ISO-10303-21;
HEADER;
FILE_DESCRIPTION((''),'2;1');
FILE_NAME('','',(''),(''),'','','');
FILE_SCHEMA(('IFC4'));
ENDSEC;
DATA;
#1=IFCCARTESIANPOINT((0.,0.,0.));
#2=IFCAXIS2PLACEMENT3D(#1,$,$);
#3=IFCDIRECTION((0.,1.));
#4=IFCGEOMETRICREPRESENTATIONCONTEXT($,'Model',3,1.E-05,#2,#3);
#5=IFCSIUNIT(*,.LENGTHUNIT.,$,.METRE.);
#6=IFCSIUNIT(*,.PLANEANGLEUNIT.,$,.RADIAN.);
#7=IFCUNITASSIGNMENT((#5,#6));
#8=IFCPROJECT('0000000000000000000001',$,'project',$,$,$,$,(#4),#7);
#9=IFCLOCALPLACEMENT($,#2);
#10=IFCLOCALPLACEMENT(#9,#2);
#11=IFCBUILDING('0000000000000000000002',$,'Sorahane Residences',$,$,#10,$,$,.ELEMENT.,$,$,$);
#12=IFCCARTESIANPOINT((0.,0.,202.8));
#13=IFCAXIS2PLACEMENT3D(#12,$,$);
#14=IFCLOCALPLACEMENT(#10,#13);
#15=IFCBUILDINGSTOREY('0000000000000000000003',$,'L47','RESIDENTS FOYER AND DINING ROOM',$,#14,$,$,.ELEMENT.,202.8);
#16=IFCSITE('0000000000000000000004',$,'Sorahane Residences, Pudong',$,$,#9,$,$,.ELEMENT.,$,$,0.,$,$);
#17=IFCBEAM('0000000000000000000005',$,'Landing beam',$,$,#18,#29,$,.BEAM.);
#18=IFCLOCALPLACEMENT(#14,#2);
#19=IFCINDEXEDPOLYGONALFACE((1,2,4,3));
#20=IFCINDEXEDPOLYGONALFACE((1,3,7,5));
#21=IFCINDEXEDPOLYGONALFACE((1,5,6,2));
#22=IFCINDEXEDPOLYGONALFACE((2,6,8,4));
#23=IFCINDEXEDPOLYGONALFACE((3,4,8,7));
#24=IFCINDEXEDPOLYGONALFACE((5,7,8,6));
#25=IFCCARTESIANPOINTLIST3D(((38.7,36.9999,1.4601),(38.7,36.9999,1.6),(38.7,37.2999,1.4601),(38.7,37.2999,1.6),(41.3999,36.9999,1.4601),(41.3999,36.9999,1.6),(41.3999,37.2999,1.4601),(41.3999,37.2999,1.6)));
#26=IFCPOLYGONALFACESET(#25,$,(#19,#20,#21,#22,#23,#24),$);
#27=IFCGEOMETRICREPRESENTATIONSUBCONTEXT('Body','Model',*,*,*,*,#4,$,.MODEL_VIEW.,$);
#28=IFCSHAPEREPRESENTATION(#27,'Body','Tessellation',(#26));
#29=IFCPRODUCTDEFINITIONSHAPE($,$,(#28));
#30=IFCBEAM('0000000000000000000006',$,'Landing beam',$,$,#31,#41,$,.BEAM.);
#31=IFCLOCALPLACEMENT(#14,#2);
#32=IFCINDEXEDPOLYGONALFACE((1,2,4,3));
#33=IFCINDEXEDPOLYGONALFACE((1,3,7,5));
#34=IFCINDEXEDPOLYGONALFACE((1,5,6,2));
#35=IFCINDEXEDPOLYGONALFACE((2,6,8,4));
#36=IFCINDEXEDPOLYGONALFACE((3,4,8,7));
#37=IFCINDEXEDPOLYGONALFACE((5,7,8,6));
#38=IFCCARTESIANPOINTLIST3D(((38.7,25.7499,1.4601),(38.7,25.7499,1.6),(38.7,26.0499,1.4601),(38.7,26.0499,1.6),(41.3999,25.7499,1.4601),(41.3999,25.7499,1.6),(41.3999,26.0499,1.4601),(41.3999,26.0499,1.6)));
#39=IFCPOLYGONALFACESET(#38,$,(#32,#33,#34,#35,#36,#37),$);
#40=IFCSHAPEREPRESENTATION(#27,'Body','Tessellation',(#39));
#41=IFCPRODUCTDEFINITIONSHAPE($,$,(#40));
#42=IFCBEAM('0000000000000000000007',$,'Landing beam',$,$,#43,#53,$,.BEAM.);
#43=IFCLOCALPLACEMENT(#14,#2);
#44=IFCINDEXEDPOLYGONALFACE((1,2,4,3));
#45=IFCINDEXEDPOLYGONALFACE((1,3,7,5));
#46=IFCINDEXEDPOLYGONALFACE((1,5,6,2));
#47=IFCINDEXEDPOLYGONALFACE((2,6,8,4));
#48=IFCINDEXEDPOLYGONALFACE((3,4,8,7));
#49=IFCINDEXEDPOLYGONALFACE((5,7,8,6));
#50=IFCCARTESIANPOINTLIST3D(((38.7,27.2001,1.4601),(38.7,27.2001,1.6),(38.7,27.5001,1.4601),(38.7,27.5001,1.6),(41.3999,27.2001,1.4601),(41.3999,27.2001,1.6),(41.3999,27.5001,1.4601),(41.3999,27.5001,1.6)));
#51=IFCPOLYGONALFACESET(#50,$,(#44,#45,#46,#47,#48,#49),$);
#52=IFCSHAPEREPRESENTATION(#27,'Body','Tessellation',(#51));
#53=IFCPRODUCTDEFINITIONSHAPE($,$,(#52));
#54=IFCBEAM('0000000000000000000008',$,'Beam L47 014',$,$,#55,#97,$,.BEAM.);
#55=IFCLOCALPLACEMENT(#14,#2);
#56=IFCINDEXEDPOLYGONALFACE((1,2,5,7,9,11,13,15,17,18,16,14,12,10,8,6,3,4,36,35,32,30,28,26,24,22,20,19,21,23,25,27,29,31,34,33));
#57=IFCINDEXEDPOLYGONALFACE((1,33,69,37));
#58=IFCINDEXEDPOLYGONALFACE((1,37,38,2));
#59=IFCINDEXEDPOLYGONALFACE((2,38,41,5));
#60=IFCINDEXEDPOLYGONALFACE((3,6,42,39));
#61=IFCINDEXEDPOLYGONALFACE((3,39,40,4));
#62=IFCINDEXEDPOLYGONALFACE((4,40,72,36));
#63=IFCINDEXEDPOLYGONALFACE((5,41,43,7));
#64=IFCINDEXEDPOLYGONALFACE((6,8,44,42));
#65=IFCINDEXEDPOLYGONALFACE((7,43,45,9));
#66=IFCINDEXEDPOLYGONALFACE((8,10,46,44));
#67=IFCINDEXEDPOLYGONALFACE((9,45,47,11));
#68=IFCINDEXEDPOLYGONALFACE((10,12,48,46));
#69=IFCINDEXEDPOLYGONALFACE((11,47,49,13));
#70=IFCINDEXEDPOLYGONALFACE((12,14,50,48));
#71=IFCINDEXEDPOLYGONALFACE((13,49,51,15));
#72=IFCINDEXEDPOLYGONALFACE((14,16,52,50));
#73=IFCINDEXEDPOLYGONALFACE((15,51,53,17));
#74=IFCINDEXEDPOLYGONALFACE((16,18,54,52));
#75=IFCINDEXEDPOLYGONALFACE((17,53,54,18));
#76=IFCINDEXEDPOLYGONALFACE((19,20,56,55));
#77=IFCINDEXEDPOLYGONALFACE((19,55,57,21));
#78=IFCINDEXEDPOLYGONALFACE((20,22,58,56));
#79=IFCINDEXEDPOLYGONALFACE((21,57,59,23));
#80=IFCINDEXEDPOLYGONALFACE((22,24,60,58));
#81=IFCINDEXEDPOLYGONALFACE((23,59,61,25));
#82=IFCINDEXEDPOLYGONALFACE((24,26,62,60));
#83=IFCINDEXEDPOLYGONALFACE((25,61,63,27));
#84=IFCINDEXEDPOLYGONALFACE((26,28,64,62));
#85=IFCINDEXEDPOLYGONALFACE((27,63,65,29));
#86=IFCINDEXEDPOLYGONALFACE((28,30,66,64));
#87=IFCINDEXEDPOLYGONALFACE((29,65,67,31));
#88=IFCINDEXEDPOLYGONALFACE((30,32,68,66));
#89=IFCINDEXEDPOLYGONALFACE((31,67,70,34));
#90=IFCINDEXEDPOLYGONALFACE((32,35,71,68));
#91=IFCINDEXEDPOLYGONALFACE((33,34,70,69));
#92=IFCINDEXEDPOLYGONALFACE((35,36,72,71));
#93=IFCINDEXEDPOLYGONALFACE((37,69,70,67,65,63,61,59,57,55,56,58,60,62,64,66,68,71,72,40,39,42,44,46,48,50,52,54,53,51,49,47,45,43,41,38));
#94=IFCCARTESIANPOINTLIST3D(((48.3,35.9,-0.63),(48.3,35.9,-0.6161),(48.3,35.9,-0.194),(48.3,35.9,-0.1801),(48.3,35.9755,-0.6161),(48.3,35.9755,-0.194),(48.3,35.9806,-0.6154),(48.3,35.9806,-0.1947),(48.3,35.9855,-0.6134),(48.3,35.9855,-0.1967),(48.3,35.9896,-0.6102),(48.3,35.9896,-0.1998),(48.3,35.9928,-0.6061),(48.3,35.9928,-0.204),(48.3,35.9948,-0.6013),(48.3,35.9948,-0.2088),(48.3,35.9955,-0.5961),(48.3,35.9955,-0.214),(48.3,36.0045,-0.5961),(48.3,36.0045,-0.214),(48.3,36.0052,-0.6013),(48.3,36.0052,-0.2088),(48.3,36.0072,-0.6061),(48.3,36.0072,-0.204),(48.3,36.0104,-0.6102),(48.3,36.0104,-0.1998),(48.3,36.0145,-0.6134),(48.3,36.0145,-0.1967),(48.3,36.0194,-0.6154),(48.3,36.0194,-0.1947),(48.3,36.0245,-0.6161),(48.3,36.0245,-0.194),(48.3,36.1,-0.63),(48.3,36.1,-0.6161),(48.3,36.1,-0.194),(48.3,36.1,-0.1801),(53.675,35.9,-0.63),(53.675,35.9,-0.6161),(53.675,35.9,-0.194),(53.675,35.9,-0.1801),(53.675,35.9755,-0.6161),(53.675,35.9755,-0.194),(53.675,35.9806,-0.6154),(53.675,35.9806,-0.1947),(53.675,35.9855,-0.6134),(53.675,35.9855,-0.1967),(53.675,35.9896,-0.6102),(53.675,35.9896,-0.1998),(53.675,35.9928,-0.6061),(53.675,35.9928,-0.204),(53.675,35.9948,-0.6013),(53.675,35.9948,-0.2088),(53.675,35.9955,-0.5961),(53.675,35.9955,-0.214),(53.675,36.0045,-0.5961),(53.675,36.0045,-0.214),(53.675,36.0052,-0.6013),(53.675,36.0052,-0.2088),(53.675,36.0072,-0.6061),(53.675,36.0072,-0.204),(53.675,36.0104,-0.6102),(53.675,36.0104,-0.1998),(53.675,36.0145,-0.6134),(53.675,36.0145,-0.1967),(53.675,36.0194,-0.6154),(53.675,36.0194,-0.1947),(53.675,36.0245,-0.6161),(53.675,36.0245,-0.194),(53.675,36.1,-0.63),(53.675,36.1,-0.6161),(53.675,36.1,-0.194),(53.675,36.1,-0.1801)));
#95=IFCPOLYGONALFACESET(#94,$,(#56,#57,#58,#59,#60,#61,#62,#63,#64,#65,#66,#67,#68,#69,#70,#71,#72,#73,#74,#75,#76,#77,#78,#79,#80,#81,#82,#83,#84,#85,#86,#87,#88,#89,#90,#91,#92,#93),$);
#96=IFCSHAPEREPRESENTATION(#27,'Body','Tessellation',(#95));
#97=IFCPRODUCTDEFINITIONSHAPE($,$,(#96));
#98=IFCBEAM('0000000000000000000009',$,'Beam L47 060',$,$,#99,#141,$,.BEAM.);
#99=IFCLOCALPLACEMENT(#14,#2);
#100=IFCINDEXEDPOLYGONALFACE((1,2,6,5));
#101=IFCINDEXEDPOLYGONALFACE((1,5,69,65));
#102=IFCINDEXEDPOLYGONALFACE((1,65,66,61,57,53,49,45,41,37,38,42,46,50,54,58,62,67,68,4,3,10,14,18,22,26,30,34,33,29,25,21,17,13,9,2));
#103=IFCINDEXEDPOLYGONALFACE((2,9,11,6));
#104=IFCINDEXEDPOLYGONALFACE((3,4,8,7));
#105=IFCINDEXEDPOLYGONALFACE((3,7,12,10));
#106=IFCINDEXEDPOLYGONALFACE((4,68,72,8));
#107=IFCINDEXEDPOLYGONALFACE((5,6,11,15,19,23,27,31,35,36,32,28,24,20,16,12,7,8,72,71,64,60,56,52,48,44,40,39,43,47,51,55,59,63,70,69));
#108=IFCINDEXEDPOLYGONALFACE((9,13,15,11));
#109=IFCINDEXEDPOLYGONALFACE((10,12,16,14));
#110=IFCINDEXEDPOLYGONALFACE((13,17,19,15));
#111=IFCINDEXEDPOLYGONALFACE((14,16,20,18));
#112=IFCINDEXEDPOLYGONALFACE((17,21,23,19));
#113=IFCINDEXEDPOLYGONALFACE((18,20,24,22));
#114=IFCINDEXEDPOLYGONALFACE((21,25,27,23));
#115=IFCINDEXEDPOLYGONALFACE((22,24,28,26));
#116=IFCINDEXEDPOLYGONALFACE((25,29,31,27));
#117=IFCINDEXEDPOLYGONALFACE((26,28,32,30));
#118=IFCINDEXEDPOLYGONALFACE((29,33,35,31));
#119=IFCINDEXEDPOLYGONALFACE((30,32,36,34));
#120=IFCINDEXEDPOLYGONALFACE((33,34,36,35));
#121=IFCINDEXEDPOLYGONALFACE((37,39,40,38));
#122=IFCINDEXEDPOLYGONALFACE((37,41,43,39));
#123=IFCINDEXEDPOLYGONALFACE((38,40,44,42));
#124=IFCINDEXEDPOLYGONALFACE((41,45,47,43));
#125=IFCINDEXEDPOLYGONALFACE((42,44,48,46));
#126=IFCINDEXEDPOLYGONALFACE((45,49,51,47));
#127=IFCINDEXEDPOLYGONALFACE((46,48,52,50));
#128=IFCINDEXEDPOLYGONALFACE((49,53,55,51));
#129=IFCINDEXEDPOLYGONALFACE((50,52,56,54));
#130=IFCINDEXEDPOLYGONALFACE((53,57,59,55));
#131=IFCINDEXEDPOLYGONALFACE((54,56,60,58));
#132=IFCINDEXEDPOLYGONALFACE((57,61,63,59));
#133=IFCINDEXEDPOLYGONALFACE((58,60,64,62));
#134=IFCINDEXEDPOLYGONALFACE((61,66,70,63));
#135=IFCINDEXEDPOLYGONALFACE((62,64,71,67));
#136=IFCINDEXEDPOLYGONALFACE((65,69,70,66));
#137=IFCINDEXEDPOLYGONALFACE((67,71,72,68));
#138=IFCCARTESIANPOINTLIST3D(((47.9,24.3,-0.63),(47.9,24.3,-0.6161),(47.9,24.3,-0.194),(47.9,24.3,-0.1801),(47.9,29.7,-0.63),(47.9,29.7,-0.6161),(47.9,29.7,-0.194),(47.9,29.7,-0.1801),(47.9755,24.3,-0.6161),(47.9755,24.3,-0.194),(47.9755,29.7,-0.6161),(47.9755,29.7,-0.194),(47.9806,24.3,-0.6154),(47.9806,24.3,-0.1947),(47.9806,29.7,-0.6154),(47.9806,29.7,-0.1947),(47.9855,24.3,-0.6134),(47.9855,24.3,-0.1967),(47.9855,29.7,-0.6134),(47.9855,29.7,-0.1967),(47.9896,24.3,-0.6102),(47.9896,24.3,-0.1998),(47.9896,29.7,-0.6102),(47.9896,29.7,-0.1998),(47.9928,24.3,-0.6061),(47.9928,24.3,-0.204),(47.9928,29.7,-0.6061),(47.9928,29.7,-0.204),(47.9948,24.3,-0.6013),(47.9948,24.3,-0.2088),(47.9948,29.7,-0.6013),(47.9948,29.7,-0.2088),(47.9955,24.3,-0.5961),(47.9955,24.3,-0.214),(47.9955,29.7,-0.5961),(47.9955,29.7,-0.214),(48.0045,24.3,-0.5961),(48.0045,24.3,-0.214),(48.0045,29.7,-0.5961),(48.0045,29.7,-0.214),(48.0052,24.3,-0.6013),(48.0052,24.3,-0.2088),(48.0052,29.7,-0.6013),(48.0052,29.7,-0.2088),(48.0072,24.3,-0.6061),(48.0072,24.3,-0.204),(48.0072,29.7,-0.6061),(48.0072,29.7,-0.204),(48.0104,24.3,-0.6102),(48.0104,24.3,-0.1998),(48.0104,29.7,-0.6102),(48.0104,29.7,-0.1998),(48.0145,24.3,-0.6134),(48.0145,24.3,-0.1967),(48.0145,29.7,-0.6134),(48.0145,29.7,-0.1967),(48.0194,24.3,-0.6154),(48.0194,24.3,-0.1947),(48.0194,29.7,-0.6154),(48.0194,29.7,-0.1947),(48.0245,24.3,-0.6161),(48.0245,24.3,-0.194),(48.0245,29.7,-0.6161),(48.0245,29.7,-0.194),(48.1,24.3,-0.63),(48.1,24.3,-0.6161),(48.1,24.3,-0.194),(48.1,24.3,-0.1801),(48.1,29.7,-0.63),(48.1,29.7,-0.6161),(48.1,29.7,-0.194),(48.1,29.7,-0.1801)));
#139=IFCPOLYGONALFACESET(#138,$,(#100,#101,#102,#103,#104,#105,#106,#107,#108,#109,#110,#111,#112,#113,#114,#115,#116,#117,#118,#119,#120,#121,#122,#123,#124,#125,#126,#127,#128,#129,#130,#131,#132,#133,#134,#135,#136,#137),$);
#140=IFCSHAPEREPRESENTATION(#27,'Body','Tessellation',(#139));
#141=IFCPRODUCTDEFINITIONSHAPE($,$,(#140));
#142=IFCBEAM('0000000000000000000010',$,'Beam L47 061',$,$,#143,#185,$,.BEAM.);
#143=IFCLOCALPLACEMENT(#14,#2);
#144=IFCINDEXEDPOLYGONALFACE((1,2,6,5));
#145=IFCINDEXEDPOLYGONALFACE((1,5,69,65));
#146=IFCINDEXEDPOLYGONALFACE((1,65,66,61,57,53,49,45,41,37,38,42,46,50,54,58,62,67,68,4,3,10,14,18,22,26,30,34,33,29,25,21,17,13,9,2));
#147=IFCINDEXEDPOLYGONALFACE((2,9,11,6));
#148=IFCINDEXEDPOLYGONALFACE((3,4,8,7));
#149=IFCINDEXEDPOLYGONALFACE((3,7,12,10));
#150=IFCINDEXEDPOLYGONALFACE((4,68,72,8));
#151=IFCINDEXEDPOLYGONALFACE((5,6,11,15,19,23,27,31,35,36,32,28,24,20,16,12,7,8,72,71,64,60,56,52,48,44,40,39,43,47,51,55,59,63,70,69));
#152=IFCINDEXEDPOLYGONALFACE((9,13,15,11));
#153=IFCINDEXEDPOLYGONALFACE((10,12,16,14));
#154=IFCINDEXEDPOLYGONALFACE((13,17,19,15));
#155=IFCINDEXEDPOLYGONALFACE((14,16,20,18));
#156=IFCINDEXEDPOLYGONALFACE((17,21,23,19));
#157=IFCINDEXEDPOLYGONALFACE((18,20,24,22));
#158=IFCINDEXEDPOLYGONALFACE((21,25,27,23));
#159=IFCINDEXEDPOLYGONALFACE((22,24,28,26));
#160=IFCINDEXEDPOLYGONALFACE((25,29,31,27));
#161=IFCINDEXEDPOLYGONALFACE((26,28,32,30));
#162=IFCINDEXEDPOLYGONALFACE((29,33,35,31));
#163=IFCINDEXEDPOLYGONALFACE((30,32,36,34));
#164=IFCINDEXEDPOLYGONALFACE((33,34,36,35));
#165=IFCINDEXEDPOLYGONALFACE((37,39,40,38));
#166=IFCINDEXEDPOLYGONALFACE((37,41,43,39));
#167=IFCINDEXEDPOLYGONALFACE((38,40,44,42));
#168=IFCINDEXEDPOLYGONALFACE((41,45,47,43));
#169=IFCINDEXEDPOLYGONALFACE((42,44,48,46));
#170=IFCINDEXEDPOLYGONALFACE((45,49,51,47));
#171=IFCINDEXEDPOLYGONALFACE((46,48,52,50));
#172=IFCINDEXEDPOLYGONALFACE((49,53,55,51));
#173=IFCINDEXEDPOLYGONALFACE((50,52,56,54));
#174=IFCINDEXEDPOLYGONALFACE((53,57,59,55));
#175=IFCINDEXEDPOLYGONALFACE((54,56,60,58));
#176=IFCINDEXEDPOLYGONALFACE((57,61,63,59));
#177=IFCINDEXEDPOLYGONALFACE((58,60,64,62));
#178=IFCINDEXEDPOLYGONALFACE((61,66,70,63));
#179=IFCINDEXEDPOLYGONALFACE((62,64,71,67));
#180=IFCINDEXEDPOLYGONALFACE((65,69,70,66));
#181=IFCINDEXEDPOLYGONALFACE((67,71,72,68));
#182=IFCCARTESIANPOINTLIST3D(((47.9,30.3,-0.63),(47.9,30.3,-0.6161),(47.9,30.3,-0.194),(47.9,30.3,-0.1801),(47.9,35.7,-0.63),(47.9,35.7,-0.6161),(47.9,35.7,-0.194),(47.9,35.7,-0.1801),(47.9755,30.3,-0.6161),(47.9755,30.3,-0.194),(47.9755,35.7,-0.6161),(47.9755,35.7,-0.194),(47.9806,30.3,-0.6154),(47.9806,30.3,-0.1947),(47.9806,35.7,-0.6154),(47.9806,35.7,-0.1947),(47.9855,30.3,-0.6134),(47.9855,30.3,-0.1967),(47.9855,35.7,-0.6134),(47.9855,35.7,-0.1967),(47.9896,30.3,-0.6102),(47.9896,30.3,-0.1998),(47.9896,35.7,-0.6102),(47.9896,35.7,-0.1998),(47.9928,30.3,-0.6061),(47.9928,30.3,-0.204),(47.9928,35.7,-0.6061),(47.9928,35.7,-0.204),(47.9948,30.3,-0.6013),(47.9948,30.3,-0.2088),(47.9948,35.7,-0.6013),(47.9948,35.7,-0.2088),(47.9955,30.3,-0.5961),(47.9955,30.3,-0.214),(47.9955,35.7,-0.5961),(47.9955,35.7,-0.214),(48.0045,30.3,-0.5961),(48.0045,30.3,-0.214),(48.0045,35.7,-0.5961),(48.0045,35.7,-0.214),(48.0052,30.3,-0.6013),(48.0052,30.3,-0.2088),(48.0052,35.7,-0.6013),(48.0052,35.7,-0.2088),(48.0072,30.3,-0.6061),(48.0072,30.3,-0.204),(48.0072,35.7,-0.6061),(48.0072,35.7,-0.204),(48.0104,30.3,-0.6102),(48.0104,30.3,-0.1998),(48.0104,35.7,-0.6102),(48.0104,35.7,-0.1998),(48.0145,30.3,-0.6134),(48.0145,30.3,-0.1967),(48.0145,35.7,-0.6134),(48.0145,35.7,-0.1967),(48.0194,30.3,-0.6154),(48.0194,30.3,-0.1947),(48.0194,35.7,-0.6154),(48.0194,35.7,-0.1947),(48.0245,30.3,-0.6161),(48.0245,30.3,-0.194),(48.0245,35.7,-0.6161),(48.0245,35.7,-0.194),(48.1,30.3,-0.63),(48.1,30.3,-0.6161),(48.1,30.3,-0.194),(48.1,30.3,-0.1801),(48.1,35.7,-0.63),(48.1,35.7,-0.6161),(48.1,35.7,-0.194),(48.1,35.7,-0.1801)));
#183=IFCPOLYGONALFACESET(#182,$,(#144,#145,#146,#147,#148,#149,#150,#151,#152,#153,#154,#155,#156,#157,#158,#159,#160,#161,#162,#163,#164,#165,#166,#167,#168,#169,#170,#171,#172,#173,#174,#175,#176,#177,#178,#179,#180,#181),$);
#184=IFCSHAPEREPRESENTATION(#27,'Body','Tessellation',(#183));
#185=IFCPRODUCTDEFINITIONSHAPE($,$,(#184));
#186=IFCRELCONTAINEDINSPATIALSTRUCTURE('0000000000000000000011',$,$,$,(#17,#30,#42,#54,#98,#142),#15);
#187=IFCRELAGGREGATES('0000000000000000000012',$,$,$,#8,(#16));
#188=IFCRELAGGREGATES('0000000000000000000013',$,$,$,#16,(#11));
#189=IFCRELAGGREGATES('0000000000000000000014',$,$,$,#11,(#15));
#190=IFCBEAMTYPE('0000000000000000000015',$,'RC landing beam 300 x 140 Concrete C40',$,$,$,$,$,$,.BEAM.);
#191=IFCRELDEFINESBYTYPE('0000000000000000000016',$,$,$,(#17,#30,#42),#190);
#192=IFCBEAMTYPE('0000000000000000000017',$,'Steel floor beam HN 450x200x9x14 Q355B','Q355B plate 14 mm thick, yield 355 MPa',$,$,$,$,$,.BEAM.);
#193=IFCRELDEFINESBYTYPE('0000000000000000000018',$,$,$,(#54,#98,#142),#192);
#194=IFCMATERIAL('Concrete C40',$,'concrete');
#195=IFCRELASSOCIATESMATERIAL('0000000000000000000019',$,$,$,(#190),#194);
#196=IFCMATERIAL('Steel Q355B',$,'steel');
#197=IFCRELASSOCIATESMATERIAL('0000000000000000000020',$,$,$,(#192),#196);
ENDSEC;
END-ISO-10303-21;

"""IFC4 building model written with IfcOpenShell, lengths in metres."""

from ifc_helpers import new_model, si_unit, direction, frame, origin, origin_2d, place, context, subcontext, project, spatial, rectangle, i_section, extrude, material, material_profile, profile_set, type_object, element, save


model = new_model("IFC4")

# Units and contexts
model_context = context("Model", 3, precision=1e-05, world=origin(), true_north=direction((0.0, 1.0)))
body_context = subcontext(model_context, "Body", "Model", "MODEL_VIEW")
ifc_project = project(units=[si_unit("LENGTHUNIT", "METRE"), si_unit("PLANEANGLEUNIT", "RADIAN")], contexts=[model_context])

# Site, building, storey
site_placement = place(None, origin())
site = spatial("IfcSite", under=ifc_project, at=site_placement, Name="Sorahane Residences, Pudong", CompositionType="ELEMENT", RefElevation=0.0)
building_placement = place(site_placement, origin())
building = spatial("IfcBuilding", under=site, at=building_placement, Name="Sorahane Residences", CompositionType="ELEMENT")
storey_placement = place(building_placement, frame((0.0, 0.0, 202.8)))
storey = spatial("IfcBuildingStorey", under=building, at=storey_placement, Name="L47", Description="RESIDENTS FOYER AND DINING ROOM", CompositionType="ELEMENT", Elevation=202.8)

# Beams
ifc_material_1 = material(Name="Concrete C40", Category="concrete")
ifc_material_profile_1 = material_profile(ifc_material_1, rectangle(XDim=0.3, YDim=0.1399, at=origin_2d()), Name="300x140")
ifc_profile_set_1 = profile_set([ifc_material_profile_1], Name="Concrete C40")
beam_type_1 = type_object("IfcBeamType", Name="RC landing beam 300 x 140 Concrete C40", PredefinedType="BEAM", material=ifc_profile_set_1)
for number, where, z_axis, x_axis, name in (
    (1, (38.7, 37.1499, 1.53), (1.0, 0.0, 0.0), (0.0, 1.0, 0.0), "Landing beam"),
    (2, (38.7, 25.8999, 1.53), (1.0, 0.0, 0.0), (0.0, 1.0, 0.0), "Landing beam"),
    (3, (38.7, 27.3501, 1.53), (1.0, 0.0, 0.0), (0.0, 1.0, 0.0), "Landing beam"),
):
    element("IfcBeam", number, at=place(storey_placement, frame(where, z_axis=z_axis, x_axis=x_axis)), inside=storey, type_object=beam_type_1, Name=name, PredefinedType="BEAM", context=body_context, shape_type="SweptSolid", body=[
        extrude(rectangle(XDim=0.3, YDim=0.1399, at=origin_2d()), origin(), (0.0, 0.0, 1.0), 2.7),
    ])
ifc_material_2 = material(Name="Steel Q355B", Category="steel")
ifc_material_profile_2 = material_profile(ifc_material_2, i_section(OverallWidth=0.2, OverallDepth=0.45, WebThickness=0.009, FlangeThickness=0.0139, FilletRadius=0.02, at=origin_2d()), Name="HN 450x200x9x14")
ifc_profile_set_2 = profile_set([ifc_material_profile_2], Name="Steel Q355B")
beam_type_2 = type_object("IfcBeamType", Name="Steel floor beam HN 450x200x9x14 Q355B", Description="Q355B plate 14 mm thick, yield 355 MPa", PredefinedType="BEAM", material=ifc_profile_set_2)
beam_1_placement = place(storey_placement, frame((48.3, 36.0, -0.405), z_axis=(1.0, 0.0, 0.0), x_axis=(0.0, 1.0, 0.0)))
element("IfcBeam", 4, at=beam_1_placement, inside=storey, type_object=beam_type_2, Name="Beam L47 014", PredefinedType="BEAM", context=body_context, shape_type="SweptSolid", body=[
    extrude(i_section(OverallWidth=0.2, OverallDepth=0.45, WebThickness=0.009, FlangeThickness=0.0139, FilletRadius=0.02, at=origin_2d()), origin(), (0.0, 0.0, 1.0), 5.375),
])
for number, where, z_axis, x_axis, name in (
    (5, (48.0, 24.3, -0.405), (0.0, 1.0, 0.0), (-1.0, 0.0, 0.0), "Beam L47 060"),
    (6, (48.0, 30.3, -0.405), (0.0, 1.0, 0.0), (-1.0, 0.0, 0.0), "Beam L47 061"),
):
    element("IfcBeam", number, at=place(storey_placement, frame(where, z_axis=z_axis, x_axis=x_axis)), inside=storey, type_object=beam_type_2, Name=name, PredefinedType="BEAM", context=body_context, shape_type="SweptSolid", body=[
        extrude(i_section(OverallWidth=0.2, OverallDepth=0.45, WebThickness=0.009, FlangeThickness=0.0139, FilletRadius=0.02, at=origin_2d()), origin(), (0.0, 0.0, 1.0), 5.3999),
    ])

save(model, "model.ifc")
